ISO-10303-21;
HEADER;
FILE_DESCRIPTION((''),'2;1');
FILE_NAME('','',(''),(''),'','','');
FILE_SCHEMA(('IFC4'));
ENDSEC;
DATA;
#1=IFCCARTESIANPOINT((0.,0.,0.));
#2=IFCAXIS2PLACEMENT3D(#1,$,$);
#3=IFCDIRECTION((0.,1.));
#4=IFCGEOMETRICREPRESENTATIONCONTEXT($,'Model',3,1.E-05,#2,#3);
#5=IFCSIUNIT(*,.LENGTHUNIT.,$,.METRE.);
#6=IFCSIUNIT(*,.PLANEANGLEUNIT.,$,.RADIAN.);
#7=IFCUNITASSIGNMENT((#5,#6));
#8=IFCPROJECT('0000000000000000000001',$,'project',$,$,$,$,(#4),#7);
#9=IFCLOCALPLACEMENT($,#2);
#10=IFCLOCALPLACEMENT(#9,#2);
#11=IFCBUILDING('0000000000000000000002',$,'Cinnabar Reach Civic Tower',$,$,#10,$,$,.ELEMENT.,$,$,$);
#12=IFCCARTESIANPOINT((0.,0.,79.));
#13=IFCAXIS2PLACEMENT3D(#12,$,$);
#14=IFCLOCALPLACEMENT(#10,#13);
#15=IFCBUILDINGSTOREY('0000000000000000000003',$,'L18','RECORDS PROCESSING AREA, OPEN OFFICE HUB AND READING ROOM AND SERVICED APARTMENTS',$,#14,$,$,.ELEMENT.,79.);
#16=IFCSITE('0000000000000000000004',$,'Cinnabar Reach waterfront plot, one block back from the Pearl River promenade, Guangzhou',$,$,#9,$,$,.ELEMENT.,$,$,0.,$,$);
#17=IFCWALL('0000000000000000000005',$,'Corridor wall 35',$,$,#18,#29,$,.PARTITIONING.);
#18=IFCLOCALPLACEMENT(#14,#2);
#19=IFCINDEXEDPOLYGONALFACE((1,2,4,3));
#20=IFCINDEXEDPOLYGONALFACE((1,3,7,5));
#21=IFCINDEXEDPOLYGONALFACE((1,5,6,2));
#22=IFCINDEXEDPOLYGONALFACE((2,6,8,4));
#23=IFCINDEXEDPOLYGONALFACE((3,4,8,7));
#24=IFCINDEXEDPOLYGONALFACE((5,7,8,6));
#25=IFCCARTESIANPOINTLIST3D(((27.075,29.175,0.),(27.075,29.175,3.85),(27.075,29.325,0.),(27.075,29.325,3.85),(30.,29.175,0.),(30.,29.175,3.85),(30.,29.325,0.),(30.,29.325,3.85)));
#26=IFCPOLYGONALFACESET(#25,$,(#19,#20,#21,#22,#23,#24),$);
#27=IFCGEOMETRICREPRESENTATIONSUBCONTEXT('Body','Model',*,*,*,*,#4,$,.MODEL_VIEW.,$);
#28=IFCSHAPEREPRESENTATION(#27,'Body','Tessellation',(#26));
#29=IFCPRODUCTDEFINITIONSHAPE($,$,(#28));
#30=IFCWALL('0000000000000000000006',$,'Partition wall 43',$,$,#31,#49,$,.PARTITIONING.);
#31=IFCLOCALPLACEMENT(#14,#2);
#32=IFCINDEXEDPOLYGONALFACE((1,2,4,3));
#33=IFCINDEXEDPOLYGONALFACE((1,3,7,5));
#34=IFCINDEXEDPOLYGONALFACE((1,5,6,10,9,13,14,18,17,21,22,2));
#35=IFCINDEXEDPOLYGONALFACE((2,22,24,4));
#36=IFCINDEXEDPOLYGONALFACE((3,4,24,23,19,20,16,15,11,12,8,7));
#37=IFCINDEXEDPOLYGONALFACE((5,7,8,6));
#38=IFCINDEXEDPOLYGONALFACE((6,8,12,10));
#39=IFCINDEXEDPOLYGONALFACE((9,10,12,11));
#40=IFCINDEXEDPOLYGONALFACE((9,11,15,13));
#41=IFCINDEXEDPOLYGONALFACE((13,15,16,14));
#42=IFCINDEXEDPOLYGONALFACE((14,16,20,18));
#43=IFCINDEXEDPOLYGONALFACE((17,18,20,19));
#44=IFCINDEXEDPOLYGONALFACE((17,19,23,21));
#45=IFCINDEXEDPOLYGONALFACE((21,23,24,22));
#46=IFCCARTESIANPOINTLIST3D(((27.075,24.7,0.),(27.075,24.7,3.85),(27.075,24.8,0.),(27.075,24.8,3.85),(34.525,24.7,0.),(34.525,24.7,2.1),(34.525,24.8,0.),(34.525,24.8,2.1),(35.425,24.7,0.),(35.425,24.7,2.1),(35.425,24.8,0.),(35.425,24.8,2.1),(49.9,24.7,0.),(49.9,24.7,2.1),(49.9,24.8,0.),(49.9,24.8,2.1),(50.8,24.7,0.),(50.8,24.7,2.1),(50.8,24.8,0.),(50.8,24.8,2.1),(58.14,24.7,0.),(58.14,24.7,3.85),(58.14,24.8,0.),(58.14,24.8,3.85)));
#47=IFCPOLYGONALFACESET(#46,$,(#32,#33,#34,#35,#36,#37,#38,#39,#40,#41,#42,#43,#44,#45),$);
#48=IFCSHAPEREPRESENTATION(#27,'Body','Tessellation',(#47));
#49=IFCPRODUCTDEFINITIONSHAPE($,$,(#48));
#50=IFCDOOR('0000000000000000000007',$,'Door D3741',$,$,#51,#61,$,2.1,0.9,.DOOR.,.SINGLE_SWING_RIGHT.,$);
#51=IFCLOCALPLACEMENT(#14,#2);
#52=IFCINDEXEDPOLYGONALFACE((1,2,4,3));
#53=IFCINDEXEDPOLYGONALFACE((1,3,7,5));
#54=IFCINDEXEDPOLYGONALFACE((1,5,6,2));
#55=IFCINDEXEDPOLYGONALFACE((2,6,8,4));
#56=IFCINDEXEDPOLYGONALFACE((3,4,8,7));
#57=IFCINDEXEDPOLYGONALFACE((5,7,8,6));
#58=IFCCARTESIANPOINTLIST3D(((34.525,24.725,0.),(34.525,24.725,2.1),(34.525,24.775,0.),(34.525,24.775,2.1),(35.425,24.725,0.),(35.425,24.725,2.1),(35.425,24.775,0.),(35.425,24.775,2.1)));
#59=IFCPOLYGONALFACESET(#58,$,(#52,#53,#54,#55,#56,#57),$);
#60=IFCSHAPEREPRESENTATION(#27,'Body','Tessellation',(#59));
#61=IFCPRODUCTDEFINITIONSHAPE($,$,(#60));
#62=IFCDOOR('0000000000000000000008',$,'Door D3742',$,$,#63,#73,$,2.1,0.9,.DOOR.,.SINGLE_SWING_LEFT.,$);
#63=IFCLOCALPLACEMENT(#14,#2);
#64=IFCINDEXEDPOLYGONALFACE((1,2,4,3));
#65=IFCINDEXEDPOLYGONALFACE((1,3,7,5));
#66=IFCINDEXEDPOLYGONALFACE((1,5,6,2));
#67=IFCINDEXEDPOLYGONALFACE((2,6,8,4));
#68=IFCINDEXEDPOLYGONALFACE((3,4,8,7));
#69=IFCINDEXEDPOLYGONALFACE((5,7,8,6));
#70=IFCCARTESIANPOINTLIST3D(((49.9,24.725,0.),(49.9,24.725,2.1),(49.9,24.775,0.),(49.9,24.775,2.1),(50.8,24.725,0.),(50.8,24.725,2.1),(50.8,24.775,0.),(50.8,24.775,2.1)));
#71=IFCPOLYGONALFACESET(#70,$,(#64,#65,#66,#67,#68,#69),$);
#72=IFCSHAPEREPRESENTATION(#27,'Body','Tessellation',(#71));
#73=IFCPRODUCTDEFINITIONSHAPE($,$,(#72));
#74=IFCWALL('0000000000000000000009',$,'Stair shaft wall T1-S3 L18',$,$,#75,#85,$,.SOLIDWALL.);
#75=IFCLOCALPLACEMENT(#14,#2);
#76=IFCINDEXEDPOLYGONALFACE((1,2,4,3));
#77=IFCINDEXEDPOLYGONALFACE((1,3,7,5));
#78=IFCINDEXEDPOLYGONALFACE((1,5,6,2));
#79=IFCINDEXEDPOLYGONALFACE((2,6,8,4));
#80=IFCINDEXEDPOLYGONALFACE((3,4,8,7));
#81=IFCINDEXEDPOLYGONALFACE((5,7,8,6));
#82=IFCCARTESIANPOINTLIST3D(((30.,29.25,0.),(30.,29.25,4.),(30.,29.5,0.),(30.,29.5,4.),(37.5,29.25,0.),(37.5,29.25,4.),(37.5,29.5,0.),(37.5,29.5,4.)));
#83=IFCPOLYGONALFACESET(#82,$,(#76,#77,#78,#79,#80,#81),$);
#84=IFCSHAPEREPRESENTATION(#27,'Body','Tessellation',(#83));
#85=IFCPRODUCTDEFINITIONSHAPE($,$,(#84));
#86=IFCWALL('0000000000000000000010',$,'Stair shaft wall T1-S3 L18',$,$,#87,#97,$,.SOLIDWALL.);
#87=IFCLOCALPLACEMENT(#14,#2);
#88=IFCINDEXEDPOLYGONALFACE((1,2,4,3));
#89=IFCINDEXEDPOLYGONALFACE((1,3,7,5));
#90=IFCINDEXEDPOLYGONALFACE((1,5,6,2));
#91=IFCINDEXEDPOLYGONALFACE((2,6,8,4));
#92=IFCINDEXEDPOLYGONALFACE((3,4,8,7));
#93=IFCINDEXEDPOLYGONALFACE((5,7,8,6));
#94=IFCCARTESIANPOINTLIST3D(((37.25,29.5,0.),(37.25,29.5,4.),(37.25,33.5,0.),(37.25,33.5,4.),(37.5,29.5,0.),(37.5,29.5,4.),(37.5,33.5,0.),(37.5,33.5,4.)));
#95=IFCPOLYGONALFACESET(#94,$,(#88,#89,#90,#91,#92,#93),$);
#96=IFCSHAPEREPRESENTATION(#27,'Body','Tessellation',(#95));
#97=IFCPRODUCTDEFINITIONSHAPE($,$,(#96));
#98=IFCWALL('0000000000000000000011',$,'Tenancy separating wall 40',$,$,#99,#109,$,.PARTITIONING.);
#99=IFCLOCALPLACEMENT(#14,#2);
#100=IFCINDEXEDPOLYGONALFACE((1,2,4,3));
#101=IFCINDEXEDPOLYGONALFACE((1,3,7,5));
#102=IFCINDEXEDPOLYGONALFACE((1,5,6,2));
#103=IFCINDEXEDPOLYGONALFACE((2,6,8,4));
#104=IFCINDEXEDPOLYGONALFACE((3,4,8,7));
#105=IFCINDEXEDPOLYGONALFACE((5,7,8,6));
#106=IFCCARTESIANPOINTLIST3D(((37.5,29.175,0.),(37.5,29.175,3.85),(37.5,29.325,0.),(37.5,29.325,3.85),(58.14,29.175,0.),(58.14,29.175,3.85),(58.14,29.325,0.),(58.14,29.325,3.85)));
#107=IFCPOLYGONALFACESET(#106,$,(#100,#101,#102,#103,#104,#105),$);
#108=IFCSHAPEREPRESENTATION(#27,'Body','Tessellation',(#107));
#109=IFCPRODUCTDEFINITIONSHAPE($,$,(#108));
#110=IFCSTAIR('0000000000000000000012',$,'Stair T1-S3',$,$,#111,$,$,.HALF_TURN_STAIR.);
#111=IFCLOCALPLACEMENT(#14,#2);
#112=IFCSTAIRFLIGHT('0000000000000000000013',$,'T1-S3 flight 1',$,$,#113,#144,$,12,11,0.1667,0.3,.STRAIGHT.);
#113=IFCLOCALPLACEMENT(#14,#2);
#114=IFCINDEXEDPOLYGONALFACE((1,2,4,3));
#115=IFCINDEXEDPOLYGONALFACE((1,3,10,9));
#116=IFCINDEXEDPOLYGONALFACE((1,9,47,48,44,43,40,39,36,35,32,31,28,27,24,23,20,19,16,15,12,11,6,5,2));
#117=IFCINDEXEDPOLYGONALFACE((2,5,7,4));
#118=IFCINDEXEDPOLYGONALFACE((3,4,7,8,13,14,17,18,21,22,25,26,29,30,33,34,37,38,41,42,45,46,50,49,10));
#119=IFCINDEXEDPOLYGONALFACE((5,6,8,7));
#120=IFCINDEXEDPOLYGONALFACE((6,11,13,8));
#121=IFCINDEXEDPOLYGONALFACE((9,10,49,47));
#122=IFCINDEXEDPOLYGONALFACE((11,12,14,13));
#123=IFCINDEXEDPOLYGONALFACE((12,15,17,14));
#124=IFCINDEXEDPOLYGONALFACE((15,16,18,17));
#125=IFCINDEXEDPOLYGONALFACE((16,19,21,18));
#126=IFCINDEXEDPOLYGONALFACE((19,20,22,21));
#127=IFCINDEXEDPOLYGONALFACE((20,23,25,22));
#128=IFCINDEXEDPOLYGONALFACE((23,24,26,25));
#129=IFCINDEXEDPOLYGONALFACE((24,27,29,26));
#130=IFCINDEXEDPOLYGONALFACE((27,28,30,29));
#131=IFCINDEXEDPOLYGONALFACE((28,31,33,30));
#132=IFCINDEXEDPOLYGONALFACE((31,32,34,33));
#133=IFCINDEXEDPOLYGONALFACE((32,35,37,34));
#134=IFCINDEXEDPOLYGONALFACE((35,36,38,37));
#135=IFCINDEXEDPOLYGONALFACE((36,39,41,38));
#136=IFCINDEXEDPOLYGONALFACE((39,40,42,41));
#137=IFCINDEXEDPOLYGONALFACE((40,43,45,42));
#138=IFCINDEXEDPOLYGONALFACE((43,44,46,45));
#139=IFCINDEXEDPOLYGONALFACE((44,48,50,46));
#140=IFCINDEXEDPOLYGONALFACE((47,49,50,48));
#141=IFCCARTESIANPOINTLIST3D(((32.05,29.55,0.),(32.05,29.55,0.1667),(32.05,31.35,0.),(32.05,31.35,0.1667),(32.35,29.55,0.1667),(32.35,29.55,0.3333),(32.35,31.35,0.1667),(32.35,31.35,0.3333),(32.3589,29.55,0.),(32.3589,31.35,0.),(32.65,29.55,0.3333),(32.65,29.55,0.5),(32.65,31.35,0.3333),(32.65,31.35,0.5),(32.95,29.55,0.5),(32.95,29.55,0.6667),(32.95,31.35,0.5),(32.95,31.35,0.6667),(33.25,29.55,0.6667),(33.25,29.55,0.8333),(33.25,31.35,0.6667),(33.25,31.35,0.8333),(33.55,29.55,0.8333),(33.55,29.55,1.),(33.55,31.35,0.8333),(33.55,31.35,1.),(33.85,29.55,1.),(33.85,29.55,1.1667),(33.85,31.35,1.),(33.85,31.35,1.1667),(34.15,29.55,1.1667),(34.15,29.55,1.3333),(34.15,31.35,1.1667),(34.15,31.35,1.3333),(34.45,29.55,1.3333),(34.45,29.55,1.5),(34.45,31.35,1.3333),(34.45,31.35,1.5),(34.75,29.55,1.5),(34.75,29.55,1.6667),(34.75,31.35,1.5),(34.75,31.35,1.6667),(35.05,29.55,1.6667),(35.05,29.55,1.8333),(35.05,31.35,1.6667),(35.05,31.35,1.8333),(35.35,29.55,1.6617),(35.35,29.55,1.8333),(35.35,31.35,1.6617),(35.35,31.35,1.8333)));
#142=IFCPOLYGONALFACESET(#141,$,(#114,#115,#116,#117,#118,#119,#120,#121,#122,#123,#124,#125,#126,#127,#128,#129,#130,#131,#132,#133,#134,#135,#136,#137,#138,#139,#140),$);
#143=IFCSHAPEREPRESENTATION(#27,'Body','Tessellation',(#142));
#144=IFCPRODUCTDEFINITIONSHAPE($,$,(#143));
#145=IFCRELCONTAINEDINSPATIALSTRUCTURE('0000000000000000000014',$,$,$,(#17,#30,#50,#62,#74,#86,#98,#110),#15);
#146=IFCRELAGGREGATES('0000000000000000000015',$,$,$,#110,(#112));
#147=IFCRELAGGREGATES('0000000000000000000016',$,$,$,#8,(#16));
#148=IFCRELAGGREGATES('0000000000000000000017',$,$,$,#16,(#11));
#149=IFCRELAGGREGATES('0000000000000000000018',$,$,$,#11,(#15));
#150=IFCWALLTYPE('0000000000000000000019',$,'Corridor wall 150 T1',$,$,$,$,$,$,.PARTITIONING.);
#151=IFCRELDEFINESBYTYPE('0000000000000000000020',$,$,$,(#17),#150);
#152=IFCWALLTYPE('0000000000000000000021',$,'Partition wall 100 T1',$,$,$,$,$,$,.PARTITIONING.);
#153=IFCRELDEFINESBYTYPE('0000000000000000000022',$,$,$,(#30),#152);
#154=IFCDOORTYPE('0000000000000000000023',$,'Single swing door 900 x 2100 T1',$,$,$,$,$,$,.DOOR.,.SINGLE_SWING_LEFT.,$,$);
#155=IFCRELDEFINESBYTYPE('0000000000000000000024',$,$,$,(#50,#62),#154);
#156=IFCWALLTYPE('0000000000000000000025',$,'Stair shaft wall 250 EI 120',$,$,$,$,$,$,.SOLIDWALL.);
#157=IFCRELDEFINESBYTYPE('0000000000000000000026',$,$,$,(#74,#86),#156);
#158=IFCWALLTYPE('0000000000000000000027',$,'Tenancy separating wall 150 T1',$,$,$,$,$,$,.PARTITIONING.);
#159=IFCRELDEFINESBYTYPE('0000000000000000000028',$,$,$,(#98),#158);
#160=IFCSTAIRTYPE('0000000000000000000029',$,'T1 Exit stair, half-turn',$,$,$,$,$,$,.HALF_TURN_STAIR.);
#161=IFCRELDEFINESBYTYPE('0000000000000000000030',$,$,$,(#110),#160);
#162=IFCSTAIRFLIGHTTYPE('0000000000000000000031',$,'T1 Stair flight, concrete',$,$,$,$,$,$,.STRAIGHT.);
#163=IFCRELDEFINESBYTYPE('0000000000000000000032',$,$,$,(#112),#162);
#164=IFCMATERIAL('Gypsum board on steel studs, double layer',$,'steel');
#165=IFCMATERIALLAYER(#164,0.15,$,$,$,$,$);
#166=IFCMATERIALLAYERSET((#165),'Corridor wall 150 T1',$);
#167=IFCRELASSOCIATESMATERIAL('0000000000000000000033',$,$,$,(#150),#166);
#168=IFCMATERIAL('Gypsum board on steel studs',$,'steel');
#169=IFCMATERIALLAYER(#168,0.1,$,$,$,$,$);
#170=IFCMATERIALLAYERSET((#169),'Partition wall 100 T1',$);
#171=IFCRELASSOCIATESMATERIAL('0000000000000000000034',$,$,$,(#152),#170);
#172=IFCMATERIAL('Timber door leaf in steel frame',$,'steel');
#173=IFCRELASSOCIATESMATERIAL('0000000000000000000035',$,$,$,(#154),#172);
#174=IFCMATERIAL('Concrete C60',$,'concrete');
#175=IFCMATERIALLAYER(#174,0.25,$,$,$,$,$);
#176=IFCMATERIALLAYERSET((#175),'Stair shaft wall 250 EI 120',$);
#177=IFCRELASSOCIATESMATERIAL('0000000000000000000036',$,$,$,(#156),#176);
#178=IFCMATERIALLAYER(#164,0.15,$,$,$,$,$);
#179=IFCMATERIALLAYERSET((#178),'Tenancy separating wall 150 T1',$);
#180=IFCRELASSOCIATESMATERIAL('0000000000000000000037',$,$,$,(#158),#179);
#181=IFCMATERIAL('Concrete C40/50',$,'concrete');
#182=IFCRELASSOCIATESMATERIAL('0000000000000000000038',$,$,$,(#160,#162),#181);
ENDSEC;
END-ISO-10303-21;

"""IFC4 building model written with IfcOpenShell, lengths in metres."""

from ifc_helpers import new_model, si_unit, direction, frame, frame_2d, origin, place, context, subcontext, project, spatial, polyline, rectangle, outline, extrude, material, layer, layer_set, type_object, element, fill, aggregate, save


model = new_model("IFC4")

# Units and contexts
model_context = context("Model", 3, precision=1e-05, world=origin(), true_north=direction((0.0, 1.0)))
body_context = subcontext(model_context, "Body", "Model", "MODEL_VIEW")
ifc_project = project(units=[si_unit("LENGTHUNIT", "METRE"), si_unit("PLANEANGLEUNIT", "RADIAN")], contexts=[model_context])

# Site, building, storey
site_placement = place(None, origin())
site = spatial("IfcSite", under=ifc_project, at=site_placement, Name="Cinnabar Reach waterfront plot, one block back from the Pearl River promenade, Guangzhou", CompositionType="ELEMENT", RefElevation=0.0)
building_placement = place(site_placement, origin())
building = spatial("IfcBuilding", under=site, at=building_placement, Name="Cinnabar Reach Civic Tower", CompositionType="ELEMENT")
storey_placement = place(building_placement, frame((0.0, 0.0, 79.0)))
storey = spatial("IfcBuildingStorey", under=building, at=storey_placement, Name="L18", Description="RECORDS PROCESSING AREA, OPEN OFFICE HUB AND READING ROOM AND SERVICED APARTMENTS", CompositionType="ELEMENT", Elevation=79.0)

# Wall
ifc_material_1 = material(Name="Gypsum board on steel studs, double layer", Category="steel")
ifc_layer_1 = layer(ifc_material_1, 0.15)
ifc_layer_set_1 = layer_set([ifc_layer_1], Name="Corridor wall 150 T1")
wall_type_1 = type_object("IfcWallType", Name="Corridor wall 150 T1", PredefinedType="PARTITIONING", material=ifc_layer_set_1)
wall_1_placement = place(storey_placement, frame((27.075, 29.25, 0.0), z_axis=(0.0, 0.0, 1.0), x_axis=(1.0, 0.0, 0.0)))
element("IfcWall", 1, at=wall_1_placement, inside=storey, type_object=wall_type_1, Name="Corridor wall 35", PredefinedType="PARTITIONING", context=body_context, shape_type="SweptSolid", body=[
    extrude(rectangle(XDim=2.925, YDim=0.15, at=frame_2d((1.4625, 0.0))), origin(), (0.0, 0.0, 1.0), 3.85),
])

# Wall, openings, doors
ifc_material_2 = material(Name="Gypsum board on steel studs", Category="steel")
ifc_layer_2 = layer(ifc_material_2, 0.1)
ifc_layer_set_2 = layer_set([ifc_layer_2], Name="Partition wall 100 T1")
wall_type_2 = type_object("IfcWallType", Name="Partition wall 100 T1", PredefinedType="PARTITIONING", material=ifc_layer_set_2)
wall_2_placement = place(storey_placement, frame((27.075, 24.75, 0.0), z_axis=(0.0, 0.0, 1.0), x_axis=(1.0, 0.0, 0.0)))
wall_2 = element("IfcWall", 2, at=wall_2_placement, inside=storey, type_object=wall_type_2, Name="Partition wall 43", PredefinedType="PARTITIONING", context=body_context, shape_type="SweptSolid", body=[
    extrude(rectangle(XDim=31.065, YDim=0.1, at=frame_2d((15.5325, 0.0))), origin(), (0.0, 0.0, 1.0), 3.85),
])
opening_1_placement = place(wall_2_placement, frame((7.45, 0.0, 0.0)))
opening_1 = element("IfcOpeningElement", 3, at=opening_1_placement, cuts=wall_2, PredefinedType="OPENING", context=body_context, shape_type="SweptSolid", body=[
    extrude(rectangle(XDim=0.9, YDim=2.1, at=frame_2d((0.45, 1.05))), frame((0.0, 0.06, 0.0), z_axis=(0.0, -1.0, 0.0), x_axis=(1.0, 0.0, 0.0)), (0.0, 0.0, 1.0), 0.12),
])
opening_2_placement = place(wall_2_placement, frame((22.825, 0.0, 0.0)))
opening_2 = element("IfcOpeningElement", 4, at=opening_2_placement, cuts=wall_2, PredefinedType="OPENING", context=body_context, shape_type="SweptSolid", body=[
    extrude(rectangle(XDim=0.9, YDim=2.1, at=frame_2d((0.45, 1.05))), frame((0.0, 0.06, 0.0), z_axis=(0.0, -1.0, 0.0), x_axis=(1.0, 0.0, 0.0)), (0.0, 0.0, 1.0), 0.12),
])
ifc_material_3 = material(Name="Timber door leaf in steel frame", Category="steel")
door_type = type_object("IfcDoorType", Name="Single swing door 900 x 2100 T1", OperationType="SINGLE_SWING_LEFT", PredefinedType="DOOR", material=ifc_material_3)
door_1_placement = place(opening_1_placement, frame((0.9, 0.0, 0.0), z_axis=(0.0, 0.0, 1.0), x_axis=(-1.0, 0.0, 0.0)))
door_1 = element("IfcDoor", 5, at=door_1_placement, inside=storey, type_object=door_type, Name="Door D3741", OperationType="SINGLE_SWING_RIGHT", OverallHeight=2.1, OverallWidth=0.9, PredefinedType="DOOR", context=body_context, shape_type="SweptSolid", body=[
    extrude(rectangle(XDim=0.9, YDim=2.1, at=frame_2d((0.45, 1.05))), frame((0.0, 0.025, 0.0), z_axis=(0.0, -1.0, 0.0), x_axis=(1.0, 0.0, 0.0)), (0.0, 0.0, 1.0), 0.05),
])
fill(opening_1, door_1)
door_2_placement = place(opening_2_placement, frame((0.9, 0.0, 0.0), z_axis=(0.0, 0.0, 1.0), x_axis=(-1.0, 0.0, 0.0)))
door_2 = element("IfcDoor", 6, at=door_2_placement, inside=storey, type_object=door_type, Name="Door D3742", OperationType="SINGLE_SWING_LEFT", OverallHeight=2.1, OverallWidth=0.9, PredefinedType="DOOR", context=body_context, shape_type="SweptSolid", body=[
    extrude(rectangle(XDim=0.9, YDim=2.1, at=frame_2d((0.45, 1.05))), frame((0.0, 0.025, 0.0), z_axis=(0.0, -1.0, 0.0), x_axis=(1.0, 0.0, 0.0)), (0.0, 0.0, 1.0), 0.05),
])
fill(opening_2, door_2)

# Walls
ifc_material_4 = material(Name="Concrete C60", Category="concrete")
ifc_layer_3 = layer(ifc_material_4, 0.25)
ifc_layer_set_3 = layer_set([ifc_layer_3], Name="Stair shaft wall 250 EI 120")
wall_type_3 = type_object("IfcWallType", Name="Stair shaft wall 250 EI 120", PredefinedType="SOLIDWALL", material=ifc_layer_set_3)
wall_3_placement = place(storey_placement, frame((30.0, 29.375, 0.0), z_axis=(0.0, 0.0, 1.0), x_axis=(1.0, 0.0, 0.0)))
element("IfcWall", 7, at=wall_3_placement, inside=storey, type_object=wall_type_3, Name="Stair shaft wall T1-S3 L18", PredefinedType="SOLIDWALL", context=body_context, shape_type="SweptSolid", body=[
    extrude(rectangle(XDim=7.5, YDim=0.25, at=frame_2d((3.75, 0.0))), origin(), (0.0, 0.0, 1.0), 4.0),
])
wall_4_placement = place(storey_placement, frame((37.375, 29.5, 0.0), z_axis=(0.0, 0.0, 1.0), x_axis=(0.0, 1.0, 0.0)))
element("IfcWall", 8, at=wall_4_placement, inside=storey, type_object=wall_type_3, Name="Stair shaft wall T1-S3 L18", PredefinedType="SOLIDWALL", context=body_context, shape_type="SweptSolid", body=[
    extrude(rectangle(XDim=4.0, YDim=0.25, at=frame_2d((2.0, 0.0))), origin(), (0.0, 0.0, 1.0), 4.0),
])
ifc_layer_4 = layer(ifc_material_1, 0.15)
ifc_layer_set_4 = layer_set([ifc_layer_4], Name="Tenancy separating wall 150 T1")
wall_type_4 = type_object("IfcWallType", Name="Tenancy separating wall 150 T1", PredefinedType="PARTITIONING", material=ifc_layer_set_4)
wall_5_placement = place(storey_placement, frame((37.5, 29.25, 0.0), z_axis=(0.0, 0.0, 1.0), x_axis=(1.0, 0.0, 0.0)))
element("IfcWall", 9, at=wall_5_placement, inside=storey, type_object=wall_type_4, Name="Tenancy separating wall 40", PredefinedType="PARTITIONING", context=body_context, shape_type="SweptSolid", body=[
    extrude(rectangle(XDim=20.64, YDim=0.15, at=frame_2d((10.32, 0.0))), origin(), (0.0, 0.0, 1.0), 3.85),
])

# Stair, stair flight
ifc_material_5 = material(Name="Concrete C40/50", Category="concrete")
stair_type = type_object("IfcStairType", Name="T1 Exit stair, half-turn", PredefinedType="HALF_TURN_STAIR", material=ifc_material_5)
stair_placement = place(storey_placement, origin())
stair = element("IfcStair", 10, at=stair_placement, inside=storey, type_object=stair_type, Name="Stair T1-S3", PredefinedType="HALF_TURN_STAIR")
stair_flight_type = type_object("IfcStairFlightType", Name="T1 Stair flight, concrete", PredefinedType="STRAIGHT", material=ifc_material_5)
stair_flight_placement = place(storey_placement, frame((32.05, 30.45, 0.0), z_axis=(0.0, 0.0, 1.0), x_axis=(1.0, 0.0, 0.0)))
stair_flight = element("IfcStairFlight", 11, at=stair_flight_placement, type_object=stair_flight_type, Name="T1-S3 flight 1", NumberOfRisers=12, NumberOfTreads=11, PredefinedType="STRAIGHT", RiserHeight=0.1667, TreadLength=0.3, context=body_context, shape_type="SweptSolid", body=[
    extrude(outline(polyline([(0.0, 0.0), (0.0, 0.1667), (0.3, 0.1667), (0.3, 0.3333), (0.6, 0.3333), (0.6, 0.5), (0.9, 0.5), (0.9, 0.6667), (1.2, 0.6667), (1.2, 0.8333), (1.5, 0.8333), (1.5, 1.0), (1.8, 1.0), (1.8, 1.1667), (2.1, 1.1667), (2.1, 1.3333), (2.4, 1.3333), (2.4, 1.5), (2.7, 1.5), (2.7, 1.6667), (3.0, 1.6667), (3.0, 1.8333), (3.3, 1.8333), (3.3, 2.0), (3.3, 1.6617), (0.3089, 0.0), (0.0, 0.0)])), frame((0.0, 0.9, 0.0), z_axis=(0.0, -1.0, 0.0), x_axis=(1.0, 0.0, 0.0)), (0.0, 0.0, 1.0), 1.8),
])
aggregate(stair, [stair_flight])

save(model, "model.ifc")
